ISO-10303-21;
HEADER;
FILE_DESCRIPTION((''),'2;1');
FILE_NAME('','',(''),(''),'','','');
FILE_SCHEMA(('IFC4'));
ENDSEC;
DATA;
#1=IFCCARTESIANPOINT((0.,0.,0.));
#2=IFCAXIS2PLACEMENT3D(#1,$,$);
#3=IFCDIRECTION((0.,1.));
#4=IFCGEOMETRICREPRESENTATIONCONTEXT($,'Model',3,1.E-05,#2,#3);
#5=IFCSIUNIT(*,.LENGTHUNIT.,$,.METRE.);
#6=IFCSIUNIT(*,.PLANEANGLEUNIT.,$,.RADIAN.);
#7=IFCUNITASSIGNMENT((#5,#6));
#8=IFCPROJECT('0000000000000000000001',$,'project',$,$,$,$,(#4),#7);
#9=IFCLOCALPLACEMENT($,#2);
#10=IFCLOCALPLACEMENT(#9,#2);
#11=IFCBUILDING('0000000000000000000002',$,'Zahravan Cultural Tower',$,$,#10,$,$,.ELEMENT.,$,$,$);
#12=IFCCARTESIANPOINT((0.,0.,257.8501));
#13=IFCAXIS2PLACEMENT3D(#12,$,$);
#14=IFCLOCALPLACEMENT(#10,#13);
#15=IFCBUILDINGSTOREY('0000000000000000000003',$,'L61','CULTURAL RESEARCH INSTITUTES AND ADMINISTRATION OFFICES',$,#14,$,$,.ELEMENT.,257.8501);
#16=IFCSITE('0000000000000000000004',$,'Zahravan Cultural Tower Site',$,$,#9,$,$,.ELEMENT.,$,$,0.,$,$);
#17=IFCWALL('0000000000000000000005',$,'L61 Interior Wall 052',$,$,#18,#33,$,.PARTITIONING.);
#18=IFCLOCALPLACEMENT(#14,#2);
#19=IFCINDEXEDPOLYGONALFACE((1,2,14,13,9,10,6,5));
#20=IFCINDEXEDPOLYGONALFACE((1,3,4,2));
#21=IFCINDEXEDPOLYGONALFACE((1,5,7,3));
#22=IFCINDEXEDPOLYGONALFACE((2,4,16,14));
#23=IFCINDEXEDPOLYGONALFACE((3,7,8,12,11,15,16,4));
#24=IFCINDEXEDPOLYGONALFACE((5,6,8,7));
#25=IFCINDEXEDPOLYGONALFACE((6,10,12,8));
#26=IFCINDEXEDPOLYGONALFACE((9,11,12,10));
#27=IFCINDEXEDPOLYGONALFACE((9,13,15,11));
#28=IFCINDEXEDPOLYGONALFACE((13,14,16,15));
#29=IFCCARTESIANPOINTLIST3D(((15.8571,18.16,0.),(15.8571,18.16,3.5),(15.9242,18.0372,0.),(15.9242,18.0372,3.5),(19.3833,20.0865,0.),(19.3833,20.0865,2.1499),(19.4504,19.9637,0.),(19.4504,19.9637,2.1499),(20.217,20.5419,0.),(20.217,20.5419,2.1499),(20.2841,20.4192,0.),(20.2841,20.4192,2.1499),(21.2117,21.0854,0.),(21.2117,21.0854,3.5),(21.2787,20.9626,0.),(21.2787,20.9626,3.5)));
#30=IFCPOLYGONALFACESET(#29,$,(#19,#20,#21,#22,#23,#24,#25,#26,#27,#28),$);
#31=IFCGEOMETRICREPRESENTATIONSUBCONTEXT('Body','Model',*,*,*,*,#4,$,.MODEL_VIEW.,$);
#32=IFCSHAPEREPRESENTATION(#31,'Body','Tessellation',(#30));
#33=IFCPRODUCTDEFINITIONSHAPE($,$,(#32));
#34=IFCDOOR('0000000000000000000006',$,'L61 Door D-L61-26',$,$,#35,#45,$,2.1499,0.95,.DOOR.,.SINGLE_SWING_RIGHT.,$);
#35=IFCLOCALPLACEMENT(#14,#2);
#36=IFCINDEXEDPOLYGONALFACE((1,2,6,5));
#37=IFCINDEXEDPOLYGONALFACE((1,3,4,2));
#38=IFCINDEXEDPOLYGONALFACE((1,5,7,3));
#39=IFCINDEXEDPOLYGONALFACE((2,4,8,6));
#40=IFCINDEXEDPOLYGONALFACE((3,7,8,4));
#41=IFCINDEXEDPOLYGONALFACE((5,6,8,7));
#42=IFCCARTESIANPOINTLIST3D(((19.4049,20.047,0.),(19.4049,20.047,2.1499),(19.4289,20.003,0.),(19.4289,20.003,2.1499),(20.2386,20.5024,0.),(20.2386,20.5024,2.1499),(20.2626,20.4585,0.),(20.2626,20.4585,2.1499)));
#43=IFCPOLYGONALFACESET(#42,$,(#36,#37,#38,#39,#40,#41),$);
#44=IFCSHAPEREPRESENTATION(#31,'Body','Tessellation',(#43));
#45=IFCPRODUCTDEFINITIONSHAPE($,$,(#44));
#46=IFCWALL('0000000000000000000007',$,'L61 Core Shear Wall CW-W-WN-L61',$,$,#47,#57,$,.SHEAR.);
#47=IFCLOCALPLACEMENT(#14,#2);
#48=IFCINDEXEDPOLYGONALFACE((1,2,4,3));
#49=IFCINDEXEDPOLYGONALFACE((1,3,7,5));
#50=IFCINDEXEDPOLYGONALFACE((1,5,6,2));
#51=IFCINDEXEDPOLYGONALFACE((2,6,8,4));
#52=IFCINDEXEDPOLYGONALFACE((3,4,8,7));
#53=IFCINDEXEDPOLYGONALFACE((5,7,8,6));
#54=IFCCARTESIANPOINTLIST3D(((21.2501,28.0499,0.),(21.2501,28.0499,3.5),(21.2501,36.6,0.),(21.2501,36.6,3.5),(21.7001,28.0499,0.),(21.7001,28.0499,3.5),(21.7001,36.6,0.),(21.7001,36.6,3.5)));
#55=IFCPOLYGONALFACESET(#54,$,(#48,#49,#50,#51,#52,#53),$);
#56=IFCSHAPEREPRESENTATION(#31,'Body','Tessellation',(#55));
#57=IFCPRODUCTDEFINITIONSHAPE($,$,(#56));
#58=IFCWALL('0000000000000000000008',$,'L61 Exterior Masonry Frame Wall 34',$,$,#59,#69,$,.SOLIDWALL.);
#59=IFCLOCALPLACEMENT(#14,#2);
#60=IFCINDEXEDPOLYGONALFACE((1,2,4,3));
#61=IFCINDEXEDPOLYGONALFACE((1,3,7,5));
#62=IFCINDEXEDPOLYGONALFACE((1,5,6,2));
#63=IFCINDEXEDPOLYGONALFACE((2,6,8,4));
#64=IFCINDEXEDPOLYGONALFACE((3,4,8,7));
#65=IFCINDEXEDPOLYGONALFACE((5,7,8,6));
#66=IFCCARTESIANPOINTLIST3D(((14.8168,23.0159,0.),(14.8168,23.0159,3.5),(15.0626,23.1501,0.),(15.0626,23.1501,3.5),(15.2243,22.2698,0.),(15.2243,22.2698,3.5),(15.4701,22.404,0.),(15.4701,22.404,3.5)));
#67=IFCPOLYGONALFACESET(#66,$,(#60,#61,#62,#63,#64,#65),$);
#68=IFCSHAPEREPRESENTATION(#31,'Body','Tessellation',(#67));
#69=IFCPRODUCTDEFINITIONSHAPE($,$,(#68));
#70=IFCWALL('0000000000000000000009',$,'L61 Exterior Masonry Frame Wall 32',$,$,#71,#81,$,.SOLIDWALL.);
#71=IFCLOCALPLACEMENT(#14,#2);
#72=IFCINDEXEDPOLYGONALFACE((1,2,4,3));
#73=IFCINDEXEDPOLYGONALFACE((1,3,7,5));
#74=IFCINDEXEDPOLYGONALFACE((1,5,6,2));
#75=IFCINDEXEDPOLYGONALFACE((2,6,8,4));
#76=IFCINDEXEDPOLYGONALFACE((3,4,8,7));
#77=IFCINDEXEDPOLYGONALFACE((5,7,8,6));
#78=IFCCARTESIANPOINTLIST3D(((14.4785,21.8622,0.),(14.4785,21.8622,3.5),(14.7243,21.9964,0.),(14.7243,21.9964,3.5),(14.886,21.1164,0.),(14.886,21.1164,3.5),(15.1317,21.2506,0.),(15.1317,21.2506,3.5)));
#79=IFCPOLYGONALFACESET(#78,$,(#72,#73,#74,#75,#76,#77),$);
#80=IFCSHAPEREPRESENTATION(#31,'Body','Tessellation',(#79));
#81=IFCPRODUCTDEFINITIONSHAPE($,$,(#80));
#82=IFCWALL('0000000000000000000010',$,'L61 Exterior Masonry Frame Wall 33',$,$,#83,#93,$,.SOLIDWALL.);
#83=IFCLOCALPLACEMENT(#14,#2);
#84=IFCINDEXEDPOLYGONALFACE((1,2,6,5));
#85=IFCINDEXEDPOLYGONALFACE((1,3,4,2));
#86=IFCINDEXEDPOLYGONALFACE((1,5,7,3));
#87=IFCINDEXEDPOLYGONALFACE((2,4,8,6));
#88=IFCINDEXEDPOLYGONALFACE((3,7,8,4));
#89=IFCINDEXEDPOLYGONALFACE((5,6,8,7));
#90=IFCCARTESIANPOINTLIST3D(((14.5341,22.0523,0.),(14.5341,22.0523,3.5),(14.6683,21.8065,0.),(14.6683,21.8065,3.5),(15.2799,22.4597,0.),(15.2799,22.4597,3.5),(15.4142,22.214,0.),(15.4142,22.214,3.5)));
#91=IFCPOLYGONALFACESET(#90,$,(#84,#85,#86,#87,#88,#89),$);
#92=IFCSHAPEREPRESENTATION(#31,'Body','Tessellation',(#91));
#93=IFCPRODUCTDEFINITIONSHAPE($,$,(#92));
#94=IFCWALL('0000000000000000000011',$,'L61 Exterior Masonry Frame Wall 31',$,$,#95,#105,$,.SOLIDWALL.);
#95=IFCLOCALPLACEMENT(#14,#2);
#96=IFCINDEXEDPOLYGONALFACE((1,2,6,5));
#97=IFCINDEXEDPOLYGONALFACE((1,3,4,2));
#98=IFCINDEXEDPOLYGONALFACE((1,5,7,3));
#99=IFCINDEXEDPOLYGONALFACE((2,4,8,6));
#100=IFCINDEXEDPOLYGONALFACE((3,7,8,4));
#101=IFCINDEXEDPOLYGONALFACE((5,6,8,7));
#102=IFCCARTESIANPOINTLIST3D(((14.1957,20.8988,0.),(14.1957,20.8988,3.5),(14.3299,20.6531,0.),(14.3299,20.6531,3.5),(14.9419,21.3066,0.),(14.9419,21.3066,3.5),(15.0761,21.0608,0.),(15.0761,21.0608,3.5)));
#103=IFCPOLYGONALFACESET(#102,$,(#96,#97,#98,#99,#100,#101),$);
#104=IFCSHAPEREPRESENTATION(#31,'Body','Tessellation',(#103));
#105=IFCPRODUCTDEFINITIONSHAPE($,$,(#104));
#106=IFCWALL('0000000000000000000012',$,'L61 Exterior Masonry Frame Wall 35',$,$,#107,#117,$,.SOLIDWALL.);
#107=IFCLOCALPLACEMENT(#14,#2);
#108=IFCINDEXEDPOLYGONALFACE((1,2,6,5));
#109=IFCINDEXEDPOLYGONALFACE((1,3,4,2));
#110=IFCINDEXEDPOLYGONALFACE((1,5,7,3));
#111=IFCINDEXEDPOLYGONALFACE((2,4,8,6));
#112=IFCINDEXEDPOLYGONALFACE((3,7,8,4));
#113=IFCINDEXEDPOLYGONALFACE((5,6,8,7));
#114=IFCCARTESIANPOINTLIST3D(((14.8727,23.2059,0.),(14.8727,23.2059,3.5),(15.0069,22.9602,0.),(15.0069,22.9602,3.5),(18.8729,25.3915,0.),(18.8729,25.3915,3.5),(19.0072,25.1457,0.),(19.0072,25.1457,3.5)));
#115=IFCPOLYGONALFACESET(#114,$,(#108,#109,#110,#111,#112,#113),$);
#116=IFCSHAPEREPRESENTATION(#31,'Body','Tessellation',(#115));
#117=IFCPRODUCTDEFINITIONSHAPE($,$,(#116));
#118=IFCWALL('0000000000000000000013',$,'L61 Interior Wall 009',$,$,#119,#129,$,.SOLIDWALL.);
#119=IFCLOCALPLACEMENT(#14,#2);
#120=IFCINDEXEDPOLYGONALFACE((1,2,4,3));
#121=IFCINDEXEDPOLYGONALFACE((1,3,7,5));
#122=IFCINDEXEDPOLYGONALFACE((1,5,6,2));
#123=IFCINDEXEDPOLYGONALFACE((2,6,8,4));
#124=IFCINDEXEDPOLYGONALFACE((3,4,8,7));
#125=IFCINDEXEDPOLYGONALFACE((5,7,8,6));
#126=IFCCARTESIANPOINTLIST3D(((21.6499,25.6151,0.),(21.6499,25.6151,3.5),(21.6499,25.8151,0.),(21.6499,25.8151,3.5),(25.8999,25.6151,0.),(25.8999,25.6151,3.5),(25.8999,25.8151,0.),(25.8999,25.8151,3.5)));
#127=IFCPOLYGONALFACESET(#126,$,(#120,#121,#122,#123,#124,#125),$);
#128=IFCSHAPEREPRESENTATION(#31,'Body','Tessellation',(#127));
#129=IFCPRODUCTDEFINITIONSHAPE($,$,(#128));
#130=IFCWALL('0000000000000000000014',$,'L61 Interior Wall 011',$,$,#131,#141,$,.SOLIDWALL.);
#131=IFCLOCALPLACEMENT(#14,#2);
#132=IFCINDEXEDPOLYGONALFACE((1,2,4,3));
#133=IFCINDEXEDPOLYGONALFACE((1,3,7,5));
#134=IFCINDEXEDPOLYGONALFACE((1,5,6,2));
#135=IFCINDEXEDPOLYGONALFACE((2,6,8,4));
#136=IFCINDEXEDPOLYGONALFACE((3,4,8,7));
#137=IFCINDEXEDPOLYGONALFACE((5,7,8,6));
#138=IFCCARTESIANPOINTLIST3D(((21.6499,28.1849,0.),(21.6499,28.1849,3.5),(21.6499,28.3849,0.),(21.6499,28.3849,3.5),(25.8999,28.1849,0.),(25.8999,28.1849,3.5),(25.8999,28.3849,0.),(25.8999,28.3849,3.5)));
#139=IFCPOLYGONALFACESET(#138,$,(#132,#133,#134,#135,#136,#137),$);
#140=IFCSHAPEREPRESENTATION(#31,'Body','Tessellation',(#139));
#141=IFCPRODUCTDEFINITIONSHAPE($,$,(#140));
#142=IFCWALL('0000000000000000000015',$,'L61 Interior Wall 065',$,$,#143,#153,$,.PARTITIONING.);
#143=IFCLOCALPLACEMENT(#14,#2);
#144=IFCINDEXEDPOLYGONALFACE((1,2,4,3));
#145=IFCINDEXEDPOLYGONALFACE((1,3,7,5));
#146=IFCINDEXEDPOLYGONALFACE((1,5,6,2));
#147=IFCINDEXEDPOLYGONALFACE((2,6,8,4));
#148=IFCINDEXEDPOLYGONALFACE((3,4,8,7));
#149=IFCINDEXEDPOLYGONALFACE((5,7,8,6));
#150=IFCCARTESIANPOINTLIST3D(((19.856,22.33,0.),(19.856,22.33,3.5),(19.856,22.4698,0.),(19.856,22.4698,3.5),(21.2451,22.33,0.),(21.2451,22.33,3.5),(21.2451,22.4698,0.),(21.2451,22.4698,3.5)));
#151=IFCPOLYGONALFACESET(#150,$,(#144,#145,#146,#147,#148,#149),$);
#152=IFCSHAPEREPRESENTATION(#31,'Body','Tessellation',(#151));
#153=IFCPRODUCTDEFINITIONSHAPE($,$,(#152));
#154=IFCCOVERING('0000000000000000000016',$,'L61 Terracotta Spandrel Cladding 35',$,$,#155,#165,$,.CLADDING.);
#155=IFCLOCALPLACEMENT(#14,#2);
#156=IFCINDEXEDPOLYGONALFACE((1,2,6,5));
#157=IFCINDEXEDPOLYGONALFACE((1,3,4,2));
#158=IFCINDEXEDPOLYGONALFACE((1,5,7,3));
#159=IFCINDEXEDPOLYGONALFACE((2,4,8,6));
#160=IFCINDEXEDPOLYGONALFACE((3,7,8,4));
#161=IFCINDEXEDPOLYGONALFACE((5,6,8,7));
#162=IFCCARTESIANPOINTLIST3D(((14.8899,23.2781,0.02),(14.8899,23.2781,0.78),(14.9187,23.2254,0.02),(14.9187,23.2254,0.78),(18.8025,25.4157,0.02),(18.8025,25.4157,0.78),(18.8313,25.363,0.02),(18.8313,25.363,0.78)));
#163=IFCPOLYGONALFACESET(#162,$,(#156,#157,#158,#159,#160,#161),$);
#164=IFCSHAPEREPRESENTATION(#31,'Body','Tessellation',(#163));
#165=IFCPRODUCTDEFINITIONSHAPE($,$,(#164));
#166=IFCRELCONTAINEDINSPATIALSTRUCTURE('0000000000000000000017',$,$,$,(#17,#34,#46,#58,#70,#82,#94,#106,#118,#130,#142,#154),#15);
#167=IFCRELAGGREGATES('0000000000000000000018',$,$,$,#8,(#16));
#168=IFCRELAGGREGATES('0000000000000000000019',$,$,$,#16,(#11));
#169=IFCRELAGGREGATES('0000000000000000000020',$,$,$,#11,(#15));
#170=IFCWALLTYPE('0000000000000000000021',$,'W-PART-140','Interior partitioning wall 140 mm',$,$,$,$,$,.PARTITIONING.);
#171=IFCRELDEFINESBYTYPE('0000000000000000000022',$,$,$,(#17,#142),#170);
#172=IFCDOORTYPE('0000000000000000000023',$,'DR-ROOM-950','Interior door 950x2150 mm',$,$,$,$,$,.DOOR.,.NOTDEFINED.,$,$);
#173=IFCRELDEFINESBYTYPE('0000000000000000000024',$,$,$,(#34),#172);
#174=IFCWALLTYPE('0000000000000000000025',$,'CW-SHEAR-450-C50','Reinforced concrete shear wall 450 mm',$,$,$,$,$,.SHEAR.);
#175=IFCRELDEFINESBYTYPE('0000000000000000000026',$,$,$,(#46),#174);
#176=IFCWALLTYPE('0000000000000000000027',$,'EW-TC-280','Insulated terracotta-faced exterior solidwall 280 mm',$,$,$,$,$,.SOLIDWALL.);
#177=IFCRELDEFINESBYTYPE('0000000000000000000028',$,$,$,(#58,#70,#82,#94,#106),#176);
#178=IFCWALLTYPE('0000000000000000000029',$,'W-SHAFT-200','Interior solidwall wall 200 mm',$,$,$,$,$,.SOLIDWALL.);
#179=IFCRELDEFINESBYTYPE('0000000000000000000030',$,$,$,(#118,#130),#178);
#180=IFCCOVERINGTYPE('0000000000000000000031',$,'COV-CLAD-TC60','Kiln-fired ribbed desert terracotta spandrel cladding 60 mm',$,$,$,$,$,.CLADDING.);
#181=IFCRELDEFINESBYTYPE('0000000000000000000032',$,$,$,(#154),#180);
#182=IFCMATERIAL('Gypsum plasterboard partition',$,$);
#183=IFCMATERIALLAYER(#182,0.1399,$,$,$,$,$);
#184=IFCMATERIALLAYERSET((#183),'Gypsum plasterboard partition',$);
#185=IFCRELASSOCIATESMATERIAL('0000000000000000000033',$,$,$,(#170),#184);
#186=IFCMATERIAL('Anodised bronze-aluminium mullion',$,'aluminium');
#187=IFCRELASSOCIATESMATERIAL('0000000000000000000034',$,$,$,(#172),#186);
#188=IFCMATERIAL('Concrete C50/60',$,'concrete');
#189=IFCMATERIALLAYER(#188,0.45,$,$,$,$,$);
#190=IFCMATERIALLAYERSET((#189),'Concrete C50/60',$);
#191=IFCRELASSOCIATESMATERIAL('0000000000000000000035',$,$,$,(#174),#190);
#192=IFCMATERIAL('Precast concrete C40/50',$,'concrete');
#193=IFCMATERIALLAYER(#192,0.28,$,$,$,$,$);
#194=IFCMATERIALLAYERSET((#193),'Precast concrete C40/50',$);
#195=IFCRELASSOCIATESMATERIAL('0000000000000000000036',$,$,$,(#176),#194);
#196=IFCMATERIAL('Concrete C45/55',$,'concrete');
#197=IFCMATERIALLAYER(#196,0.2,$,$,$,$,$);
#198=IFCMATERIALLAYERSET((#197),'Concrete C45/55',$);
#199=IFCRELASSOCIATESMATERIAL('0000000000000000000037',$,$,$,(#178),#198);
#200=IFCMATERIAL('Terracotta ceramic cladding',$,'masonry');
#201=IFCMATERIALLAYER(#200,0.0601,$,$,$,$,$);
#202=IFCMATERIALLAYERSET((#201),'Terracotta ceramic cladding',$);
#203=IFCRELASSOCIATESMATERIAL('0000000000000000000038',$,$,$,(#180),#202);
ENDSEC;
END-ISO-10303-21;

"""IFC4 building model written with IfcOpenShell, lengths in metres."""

from ifc_helpers import new_model, si_unit, direction, frame, frame_2d, origin, origin_2d, place, context, subcontext, project, spatial, rectangle, extrude, source, transform, mapped, material, layer, layer_set, type_object, element, fill, save


model = new_model("IFC4")

# Units and contexts
model_context = context("Model", 3, precision=1e-05, world=origin(), true_north=direction((0.0, 1.0)))
body_context = subcontext(model_context, "Body", "Model", "MODEL_VIEW")
ifc_project = project(units=[si_unit("LENGTHUNIT", "METRE"), si_unit("PLANEANGLEUNIT", "RADIAN")], contexts=[model_context])

# Site, building, storey
site_placement = place(None, origin())
site = spatial("IfcSite", under=ifc_project, at=site_placement, Name="Zahravan Cultural Tower Site", CompositionType="ELEMENT", RefElevation=0.0)
building_placement = place(site_placement, origin())
building = spatial("IfcBuilding", under=site, at=building_placement, Name="Zahravan Cultural Tower", CompositionType="ELEMENT")
storey_placement = place(building_placement, frame((0.0, 0.0, 257.8501)))
storey = spatial("IfcBuildingStorey", under=building, at=storey_placement, Name="L61", Description="CULTURAL RESEARCH INSTITUTES AND ADMINISTRATION OFFICES", CompositionType="ELEMENT", Elevation=257.8501)

# Shared definitions
ifc_material_1 = material(Name="Concrete C50/60", Category="concrete")

# Shared definitions
ifc_material_2 = material(Name="Anodised bronze-aluminium mullion", Category="aluminium")

# Wall, opening, door
ifc_material_3 = material(Name="Gypsum plasterboard partition")
ifc_layer_1 = layer(ifc_material_3, 0.1399)
ifc_layer_set_1 = layer_set([ifc_layer_1], Name="Gypsum plasterboard partition")
wall_type_1 = type_object("IfcWallType", Name="W-PART-140", Description="Interior partitioning wall 140 mm", PredefinedType="PARTITIONING", material=ifc_layer_set_1)
wall_1_placement = place(storey_placement, frame((15.8906, 18.0986, 0.0), z_axis=(0.0, 0.0, 1.0), x_axis=(0.877574, 0.479441, 0.0)))
wall_1 = element("IfcWall", 1, at=wall_1_placement, inside=storey, type_object=wall_type_1, Name="L61 Interior Wall 052", PredefinedType="PARTITIONING", context=body_context, shape_type="SweptSolid", body=[
    extrude(rectangle(XDim=6.1016, YDim=0.1399, at=frame_2d((3.0508, 0.0))), origin(), (0.0, 0.0, 1.0), 3.5),
])
opening_placement = place(wall_1_placement, frame((4.0181, 0.0, 0.0)))
opening = element("IfcOpeningElement", 2, at=opening_placement, cuts=wall_1, PredefinedType="OPENING", context=body_context, shape_type="SweptSolid", body=[
    extrude(rectangle(XDim=0.95, YDim=2.1499, at=frame_2d((0.4751, 1.075))), frame((0.0, 0.0798, 0.0), z_axis=(0.0, -1.0, 0.0), x_axis=(1.0, 0.0, 0.0)), (0.0, 0.0, 1.0), 0.1599),
])
door_type = type_object("IfcDoorType", Name="DR-ROOM-950", Description="Interior door 950x2150 mm", OperationType="NOTDEFINED", PredefinedType="DOOR", material=ifc_material_2)
shared_shape_1 = source(origin(), body_context, "Body", "SweptSolid", [
    extrude(rectangle(XDim=0.95, YDim=2.1499, at=frame_2d((0.4751, 1.075))), frame((0.0, 0.0249, 0.0), z_axis=(0.0, -1.0, 0.0), x_axis=(1.0, 0.0, 0.0)), (0.0, 0.0, 1.0), 0.05),
])
door_placement = place(opening_placement, origin())
door = element("IfcDoor", 3, at=door_placement, inside=storey, type_object=door_type, Name="L61 Door D-L61-26", OperationType="SINGLE_SWING_RIGHT", OverallHeight=2.1499, OverallWidth=0.95, PredefinedType="DOOR", context=body_context, shape_type="MappedRepresentation", body=[
    mapped(shared_shape_1, transform((0.0, 0.0, 0.0), x_axis=(1.0, 0.0, 0.0), y_axis=(0.0, 1.0, 0.0), z_axis=(0.0, 0.0, 1.0), scale=1.0)),
])
fill(opening, door)

# Walls
ifc_layer_2 = layer(ifc_material_1, 0.45)
ifc_layer_set_2 = layer_set([ifc_layer_2], Name="Concrete C50/60")
wall_type_2 = type_object("IfcWallType", Name="CW-SHEAR-450-C50", Description="Reinforced concrete shear wall 450 mm", PredefinedType="SHEAR", material=ifc_layer_set_2)
shared_shape_2 = source(origin(), body_context, "Body", "SweptSolid", [
    extrude(rectangle(XDim=8.55, YDim=0.45, at=frame_2d((4.2749, 0.0))), origin(), (0.0, 0.0, 1.0), 3.5),
])
wall_2_placement = place(storey_placement, frame((21.4751, 28.05, 0.0), z_axis=(0.0, 0.0, 1.0), x_axis=(0.0, 1.0, 0.0)))
element("IfcWall", 4, at=wall_2_placement, inside=storey, type_object=wall_type_2, Name="L61 Core Shear Wall CW-W-WN-L61", PredefinedType="SHEAR", context=body_context, shape_type="MappedRepresentation", body=[
    mapped(shared_shape_2, transform((0.0, 0.0, 0.0), x_axis=(1.0, 0.0, 0.0), y_axis=(0.0, 1.0, 0.0), z_axis=(0.0, 0.0, 1.0), scale=1.0)),
])
ifc_material_4 = material(Name="Precast concrete C40/50", Category="concrete")
ifc_layer_3 = layer(ifc_material_4, 0.28)
ifc_layer_set_3 = layer_set([ifc_layer_3], Name="Precast concrete C40/50")
wall_type_3 = type_object("IfcWallType", Name="EW-TC-280", Description="Insulated terracotta-faced exterior solidwall 280 mm", PredefinedType="SOLIDWALL", material=ifc_layer_set_3)
shared_shape_3 = source(origin(), body_context, "Body", "SweptSolid", [
    extrude(rectangle(XDim=0.8501, YDim=0.28, at=frame_2d((0.425, 0.0))), origin(), (0.0, 0.0, 1.0), 3.5),
])
wall_3_placement = place(storey_placement, frame((15.3472, 22.3369, 0.0), z_axis=(0.0, 0.0, 1.0), x_axis=(-0.479315, 0.877643, 0.0)))
element("IfcWall", 5, at=wall_3_placement, inside=storey, type_object=wall_type_3, Name="L61 Exterior Masonry Frame Wall 34", PredefinedType="SOLIDWALL", context=body_context, shape_type="MappedRepresentation", body=[
    mapped(shared_shape_3, transform((0.0, 0.0, 0.0), x_axis=(1.0, 0.0, 0.0), y_axis=(0.0, 1.0, 0.0), z_axis=(0.0, 0.0, 1.0), scale=1.0)),
])
shared_shape_4 = source(origin(), body_context, "Body", "SweptSolid", [
    extrude(rectangle(XDim=0.8499, YDim=0.28, at=frame_2d((0.4248, 0.0))), origin(), (0.0, 0.0, 1.0), 3.5),
])
for number, where, z_axis, x_axis, name in (
    (6, (15.0088, 21.1836, 0.0), (0.0, 0.0, 1.0), (-0.479436, 0.877577, 0.0), "L61 Exterior Masonry Frame Wall 32"),
    (7, (14.6013, 21.9294, 0.0), (0.0, 0.0, 1.0), (0.877577, 0.479436, 0.0), "L61 Exterior Masonry Frame Wall 33"),
):
    element("IfcWall", number, at=place(storey_placement, frame(where, z_axis=z_axis, x_axis=x_axis)), inside=storey, type_object=wall_type_3, Name=name, PredefinedType="SOLIDWALL", context=body_context, shape_type="MappedRepresentation", body=[
        mapped(shared_shape_4, transform((0.0, 0.0, 0.0), x_axis=(1.0, 0.0, 0.0), y_axis=(0.0, 1.0, 0.0), z_axis=(0.0, 0.0, 1.0), scale=1.0)),
    ])
shared_shape_5 = source(origin(), body_context, "Body", "SweptSolid", [
    extrude(rectangle(XDim=0.8503, YDim=0.28, at=frame_2d((0.4253, 0.0))), origin(), (0.0, 0.0, 1.0), 3.5),
])
wall_4_placement = place(storey_placement, frame((14.2627, 20.7759, 0.0), z_axis=(0.0, 0.0, 1.0), x_axis=(0.877522, 0.479536, 0.0)))
element("IfcWall", 8, at=wall_4_placement, inside=storey, type_object=wall_type_3, Name="L61 Exterior Masonry Frame Wall 31", PredefinedType="SOLIDWALL", context=body_context, shape_type="MappedRepresentation", body=[
    mapped(shared_shape_5, transform((0.0, 0.0, 0.0), x_axis=(1.0, 0.0, 0.0), y_axis=(0.0, 1.0, 0.0), z_axis=(0.0, 0.0, 1.0), scale=1.0)),
])
shared_shape_6 = source(origin(), body_context, "Body", "SweptSolid", [
    extrude(rectangle(XDim=4.5583, YDim=0.28, at=frame_2d((2.2793, 0.0))), origin(), (0.0, 0.0, 1.0), 3.5),
])
wall_5_placement = place(storey_placement, frame((14.9397, 23.083, 0.0), z_axis=(0.0, 0.0, 1.0), x_axis=(0.877564, 0.47946, 0.0)))
element("IfcWall", 9, at=wall_5_placement, inside=storey, type_object=wall_type_3, Name="L61 Exterior Masonry Frame Wall 35", PredefinedType="SOLIDWALL", context=body_context, shape_type="MappedRepresentation", body=[
    mapped(shared_shape_6, transform((0.0, 0.0, 0.0), x_axis=(1.0, 0.0, 0.0), y_axis=(0.0, 1.0, 0.0), z_axis=(0.0, 0.0, 1.0), scale=1.0)),
])
ifc_material_5 = material(Name="Concrete C45/55", Category="concrete")
ifc_layer_4 = layer(ifc_material_5, 0.2)
ifc_layer_set_4 = layer_set([ifc_layer_4], Name="Concrete C45/55")
wall_type_4 = type_object("IfcWallType", Name="W-SHAFT-200", Description="Interior solidwall wall 200 mm", PredefinedType="SOLIDWALL", material=ifc_layer_set_4)
shared_shape_7 = source(origin(), body_context, "Body", "SweptSolid", [
    extrude(rectangle(XDim=4.25, YDim=0.2, at=frame_2d((2.125, 0.0))), origin(), (0.0, 0.0, 1.0), 3.5),
])
for number, where, z_axis, x_axis, name in (
    (10, (21.6499, 25.7151, 0.0), (0.0, 0.0, 1.0), (1.0, 0.0, 0.0), "L61 Interior Wall 009"),
    (11, (21.6499, 28.2849, 0.0), (0.0, 0.0, 1.0), (1.0, 0.0, 0.0), "L61 Interior Wall 011"),
):
    element("IfcWall", number, at=place(storey_placement, frame(where, z_axis=z_axis, x_axis=x_axis)), inside=storey, type_object=wall_type_4, Name=name, PredefinedType="SOLIDWALL", context=body_context, shape_type="MappedRepresentation", body=[
        mapped(shared_shape_7, transform((0.0, 0.0, 0.0), x_axis=(1.0, 0.0, 0.0), y_axis=(0.0, 1.0, 0.0), z_axis=(0.0, 0.0, 1.0), scale=1.0)),
    ])
shared_shape_8 = source(origin(), body_context, "Body", "SweptSolid", [
    extrude(rectangle(XDim=1.3892, YDim=0.1399, at=frame_2d((0.6946, 0.0))), origin(), (0.0, 0.0, 1.0), 3.5),
])
wall_6_placement = place(storey_placement, frame((19.856, 22.3999, 0.0), z_axis=(0.0, 0.0, 1.0), x_axis=(1.0, 0.0, 0.0)))
element("IfcWall", 12, at=wall_6_placement, inside=storey, type_object=wall_type_1, Name="L61 Interior Wall 065", PredefinedType="PARTITIONING", context=body_context, shape_type="MappedRepresentation", body=[
    mapped(shared_shape_8, transform((0.0, 0.0, 0.0), x_axis=(1.0, 0.0, 0.0), y_axis=(0.0, 1.0, 0.0), z_axis=(0.0, 0.0, 1.0), scale=1.0)),
])

# Covering
ifc_material_6 = material(Name="Terracotta ceramic cladding", Category="masonry")
ifc_layer_5 = layer(ifc_material_6, 0.0601)
ifc_layer_set_5 = layer_set([ifc_layer_5], Name="Terracotta ceramic cladding")
covering_type = type_object("IfcCoveringType", Name="COV-CLAD-TC60", Description="Kiln-fired ribbed desert terracotta spandrel cladding 60 mm", PredefinedType="CLADDING", material=ifc_layer_set_5)
shared_shape_9 = source(origin(), body_context, "Body", "SweptSolid", [
    extrude(rectangle(XDim=4.4585, YDim=0.0601, at=origin_2d()), origin(), (0.0, 0.0, 1.0), 0.76),
])
covering_placement = place(storey_placement, frame((16.8606, 24.3206, 0.02), z_axis=(0.0, 0.0, 1.0), x_axis=(0.877565, 0.479458, 0.0)))
element("IfcCovering", 13, at=covering_placement, inside=storey, type_object=covering_type, Name="L61 Terracotta Spandrel Cladding 35", PredefinedType="CLADDING", context=body_context, shape_type="MappedRepresentation", body=[
    mapped(shared_shape_9, transform((0.0, 0.0, 0.0), x_axis=(1.0, 0.0, 0.0), y_axis=(0.0, 1.0, 0.0), z_axis=(0.0, 0.0, 1.0), scale=1.0)),
])

save(model, "model.ifc")
